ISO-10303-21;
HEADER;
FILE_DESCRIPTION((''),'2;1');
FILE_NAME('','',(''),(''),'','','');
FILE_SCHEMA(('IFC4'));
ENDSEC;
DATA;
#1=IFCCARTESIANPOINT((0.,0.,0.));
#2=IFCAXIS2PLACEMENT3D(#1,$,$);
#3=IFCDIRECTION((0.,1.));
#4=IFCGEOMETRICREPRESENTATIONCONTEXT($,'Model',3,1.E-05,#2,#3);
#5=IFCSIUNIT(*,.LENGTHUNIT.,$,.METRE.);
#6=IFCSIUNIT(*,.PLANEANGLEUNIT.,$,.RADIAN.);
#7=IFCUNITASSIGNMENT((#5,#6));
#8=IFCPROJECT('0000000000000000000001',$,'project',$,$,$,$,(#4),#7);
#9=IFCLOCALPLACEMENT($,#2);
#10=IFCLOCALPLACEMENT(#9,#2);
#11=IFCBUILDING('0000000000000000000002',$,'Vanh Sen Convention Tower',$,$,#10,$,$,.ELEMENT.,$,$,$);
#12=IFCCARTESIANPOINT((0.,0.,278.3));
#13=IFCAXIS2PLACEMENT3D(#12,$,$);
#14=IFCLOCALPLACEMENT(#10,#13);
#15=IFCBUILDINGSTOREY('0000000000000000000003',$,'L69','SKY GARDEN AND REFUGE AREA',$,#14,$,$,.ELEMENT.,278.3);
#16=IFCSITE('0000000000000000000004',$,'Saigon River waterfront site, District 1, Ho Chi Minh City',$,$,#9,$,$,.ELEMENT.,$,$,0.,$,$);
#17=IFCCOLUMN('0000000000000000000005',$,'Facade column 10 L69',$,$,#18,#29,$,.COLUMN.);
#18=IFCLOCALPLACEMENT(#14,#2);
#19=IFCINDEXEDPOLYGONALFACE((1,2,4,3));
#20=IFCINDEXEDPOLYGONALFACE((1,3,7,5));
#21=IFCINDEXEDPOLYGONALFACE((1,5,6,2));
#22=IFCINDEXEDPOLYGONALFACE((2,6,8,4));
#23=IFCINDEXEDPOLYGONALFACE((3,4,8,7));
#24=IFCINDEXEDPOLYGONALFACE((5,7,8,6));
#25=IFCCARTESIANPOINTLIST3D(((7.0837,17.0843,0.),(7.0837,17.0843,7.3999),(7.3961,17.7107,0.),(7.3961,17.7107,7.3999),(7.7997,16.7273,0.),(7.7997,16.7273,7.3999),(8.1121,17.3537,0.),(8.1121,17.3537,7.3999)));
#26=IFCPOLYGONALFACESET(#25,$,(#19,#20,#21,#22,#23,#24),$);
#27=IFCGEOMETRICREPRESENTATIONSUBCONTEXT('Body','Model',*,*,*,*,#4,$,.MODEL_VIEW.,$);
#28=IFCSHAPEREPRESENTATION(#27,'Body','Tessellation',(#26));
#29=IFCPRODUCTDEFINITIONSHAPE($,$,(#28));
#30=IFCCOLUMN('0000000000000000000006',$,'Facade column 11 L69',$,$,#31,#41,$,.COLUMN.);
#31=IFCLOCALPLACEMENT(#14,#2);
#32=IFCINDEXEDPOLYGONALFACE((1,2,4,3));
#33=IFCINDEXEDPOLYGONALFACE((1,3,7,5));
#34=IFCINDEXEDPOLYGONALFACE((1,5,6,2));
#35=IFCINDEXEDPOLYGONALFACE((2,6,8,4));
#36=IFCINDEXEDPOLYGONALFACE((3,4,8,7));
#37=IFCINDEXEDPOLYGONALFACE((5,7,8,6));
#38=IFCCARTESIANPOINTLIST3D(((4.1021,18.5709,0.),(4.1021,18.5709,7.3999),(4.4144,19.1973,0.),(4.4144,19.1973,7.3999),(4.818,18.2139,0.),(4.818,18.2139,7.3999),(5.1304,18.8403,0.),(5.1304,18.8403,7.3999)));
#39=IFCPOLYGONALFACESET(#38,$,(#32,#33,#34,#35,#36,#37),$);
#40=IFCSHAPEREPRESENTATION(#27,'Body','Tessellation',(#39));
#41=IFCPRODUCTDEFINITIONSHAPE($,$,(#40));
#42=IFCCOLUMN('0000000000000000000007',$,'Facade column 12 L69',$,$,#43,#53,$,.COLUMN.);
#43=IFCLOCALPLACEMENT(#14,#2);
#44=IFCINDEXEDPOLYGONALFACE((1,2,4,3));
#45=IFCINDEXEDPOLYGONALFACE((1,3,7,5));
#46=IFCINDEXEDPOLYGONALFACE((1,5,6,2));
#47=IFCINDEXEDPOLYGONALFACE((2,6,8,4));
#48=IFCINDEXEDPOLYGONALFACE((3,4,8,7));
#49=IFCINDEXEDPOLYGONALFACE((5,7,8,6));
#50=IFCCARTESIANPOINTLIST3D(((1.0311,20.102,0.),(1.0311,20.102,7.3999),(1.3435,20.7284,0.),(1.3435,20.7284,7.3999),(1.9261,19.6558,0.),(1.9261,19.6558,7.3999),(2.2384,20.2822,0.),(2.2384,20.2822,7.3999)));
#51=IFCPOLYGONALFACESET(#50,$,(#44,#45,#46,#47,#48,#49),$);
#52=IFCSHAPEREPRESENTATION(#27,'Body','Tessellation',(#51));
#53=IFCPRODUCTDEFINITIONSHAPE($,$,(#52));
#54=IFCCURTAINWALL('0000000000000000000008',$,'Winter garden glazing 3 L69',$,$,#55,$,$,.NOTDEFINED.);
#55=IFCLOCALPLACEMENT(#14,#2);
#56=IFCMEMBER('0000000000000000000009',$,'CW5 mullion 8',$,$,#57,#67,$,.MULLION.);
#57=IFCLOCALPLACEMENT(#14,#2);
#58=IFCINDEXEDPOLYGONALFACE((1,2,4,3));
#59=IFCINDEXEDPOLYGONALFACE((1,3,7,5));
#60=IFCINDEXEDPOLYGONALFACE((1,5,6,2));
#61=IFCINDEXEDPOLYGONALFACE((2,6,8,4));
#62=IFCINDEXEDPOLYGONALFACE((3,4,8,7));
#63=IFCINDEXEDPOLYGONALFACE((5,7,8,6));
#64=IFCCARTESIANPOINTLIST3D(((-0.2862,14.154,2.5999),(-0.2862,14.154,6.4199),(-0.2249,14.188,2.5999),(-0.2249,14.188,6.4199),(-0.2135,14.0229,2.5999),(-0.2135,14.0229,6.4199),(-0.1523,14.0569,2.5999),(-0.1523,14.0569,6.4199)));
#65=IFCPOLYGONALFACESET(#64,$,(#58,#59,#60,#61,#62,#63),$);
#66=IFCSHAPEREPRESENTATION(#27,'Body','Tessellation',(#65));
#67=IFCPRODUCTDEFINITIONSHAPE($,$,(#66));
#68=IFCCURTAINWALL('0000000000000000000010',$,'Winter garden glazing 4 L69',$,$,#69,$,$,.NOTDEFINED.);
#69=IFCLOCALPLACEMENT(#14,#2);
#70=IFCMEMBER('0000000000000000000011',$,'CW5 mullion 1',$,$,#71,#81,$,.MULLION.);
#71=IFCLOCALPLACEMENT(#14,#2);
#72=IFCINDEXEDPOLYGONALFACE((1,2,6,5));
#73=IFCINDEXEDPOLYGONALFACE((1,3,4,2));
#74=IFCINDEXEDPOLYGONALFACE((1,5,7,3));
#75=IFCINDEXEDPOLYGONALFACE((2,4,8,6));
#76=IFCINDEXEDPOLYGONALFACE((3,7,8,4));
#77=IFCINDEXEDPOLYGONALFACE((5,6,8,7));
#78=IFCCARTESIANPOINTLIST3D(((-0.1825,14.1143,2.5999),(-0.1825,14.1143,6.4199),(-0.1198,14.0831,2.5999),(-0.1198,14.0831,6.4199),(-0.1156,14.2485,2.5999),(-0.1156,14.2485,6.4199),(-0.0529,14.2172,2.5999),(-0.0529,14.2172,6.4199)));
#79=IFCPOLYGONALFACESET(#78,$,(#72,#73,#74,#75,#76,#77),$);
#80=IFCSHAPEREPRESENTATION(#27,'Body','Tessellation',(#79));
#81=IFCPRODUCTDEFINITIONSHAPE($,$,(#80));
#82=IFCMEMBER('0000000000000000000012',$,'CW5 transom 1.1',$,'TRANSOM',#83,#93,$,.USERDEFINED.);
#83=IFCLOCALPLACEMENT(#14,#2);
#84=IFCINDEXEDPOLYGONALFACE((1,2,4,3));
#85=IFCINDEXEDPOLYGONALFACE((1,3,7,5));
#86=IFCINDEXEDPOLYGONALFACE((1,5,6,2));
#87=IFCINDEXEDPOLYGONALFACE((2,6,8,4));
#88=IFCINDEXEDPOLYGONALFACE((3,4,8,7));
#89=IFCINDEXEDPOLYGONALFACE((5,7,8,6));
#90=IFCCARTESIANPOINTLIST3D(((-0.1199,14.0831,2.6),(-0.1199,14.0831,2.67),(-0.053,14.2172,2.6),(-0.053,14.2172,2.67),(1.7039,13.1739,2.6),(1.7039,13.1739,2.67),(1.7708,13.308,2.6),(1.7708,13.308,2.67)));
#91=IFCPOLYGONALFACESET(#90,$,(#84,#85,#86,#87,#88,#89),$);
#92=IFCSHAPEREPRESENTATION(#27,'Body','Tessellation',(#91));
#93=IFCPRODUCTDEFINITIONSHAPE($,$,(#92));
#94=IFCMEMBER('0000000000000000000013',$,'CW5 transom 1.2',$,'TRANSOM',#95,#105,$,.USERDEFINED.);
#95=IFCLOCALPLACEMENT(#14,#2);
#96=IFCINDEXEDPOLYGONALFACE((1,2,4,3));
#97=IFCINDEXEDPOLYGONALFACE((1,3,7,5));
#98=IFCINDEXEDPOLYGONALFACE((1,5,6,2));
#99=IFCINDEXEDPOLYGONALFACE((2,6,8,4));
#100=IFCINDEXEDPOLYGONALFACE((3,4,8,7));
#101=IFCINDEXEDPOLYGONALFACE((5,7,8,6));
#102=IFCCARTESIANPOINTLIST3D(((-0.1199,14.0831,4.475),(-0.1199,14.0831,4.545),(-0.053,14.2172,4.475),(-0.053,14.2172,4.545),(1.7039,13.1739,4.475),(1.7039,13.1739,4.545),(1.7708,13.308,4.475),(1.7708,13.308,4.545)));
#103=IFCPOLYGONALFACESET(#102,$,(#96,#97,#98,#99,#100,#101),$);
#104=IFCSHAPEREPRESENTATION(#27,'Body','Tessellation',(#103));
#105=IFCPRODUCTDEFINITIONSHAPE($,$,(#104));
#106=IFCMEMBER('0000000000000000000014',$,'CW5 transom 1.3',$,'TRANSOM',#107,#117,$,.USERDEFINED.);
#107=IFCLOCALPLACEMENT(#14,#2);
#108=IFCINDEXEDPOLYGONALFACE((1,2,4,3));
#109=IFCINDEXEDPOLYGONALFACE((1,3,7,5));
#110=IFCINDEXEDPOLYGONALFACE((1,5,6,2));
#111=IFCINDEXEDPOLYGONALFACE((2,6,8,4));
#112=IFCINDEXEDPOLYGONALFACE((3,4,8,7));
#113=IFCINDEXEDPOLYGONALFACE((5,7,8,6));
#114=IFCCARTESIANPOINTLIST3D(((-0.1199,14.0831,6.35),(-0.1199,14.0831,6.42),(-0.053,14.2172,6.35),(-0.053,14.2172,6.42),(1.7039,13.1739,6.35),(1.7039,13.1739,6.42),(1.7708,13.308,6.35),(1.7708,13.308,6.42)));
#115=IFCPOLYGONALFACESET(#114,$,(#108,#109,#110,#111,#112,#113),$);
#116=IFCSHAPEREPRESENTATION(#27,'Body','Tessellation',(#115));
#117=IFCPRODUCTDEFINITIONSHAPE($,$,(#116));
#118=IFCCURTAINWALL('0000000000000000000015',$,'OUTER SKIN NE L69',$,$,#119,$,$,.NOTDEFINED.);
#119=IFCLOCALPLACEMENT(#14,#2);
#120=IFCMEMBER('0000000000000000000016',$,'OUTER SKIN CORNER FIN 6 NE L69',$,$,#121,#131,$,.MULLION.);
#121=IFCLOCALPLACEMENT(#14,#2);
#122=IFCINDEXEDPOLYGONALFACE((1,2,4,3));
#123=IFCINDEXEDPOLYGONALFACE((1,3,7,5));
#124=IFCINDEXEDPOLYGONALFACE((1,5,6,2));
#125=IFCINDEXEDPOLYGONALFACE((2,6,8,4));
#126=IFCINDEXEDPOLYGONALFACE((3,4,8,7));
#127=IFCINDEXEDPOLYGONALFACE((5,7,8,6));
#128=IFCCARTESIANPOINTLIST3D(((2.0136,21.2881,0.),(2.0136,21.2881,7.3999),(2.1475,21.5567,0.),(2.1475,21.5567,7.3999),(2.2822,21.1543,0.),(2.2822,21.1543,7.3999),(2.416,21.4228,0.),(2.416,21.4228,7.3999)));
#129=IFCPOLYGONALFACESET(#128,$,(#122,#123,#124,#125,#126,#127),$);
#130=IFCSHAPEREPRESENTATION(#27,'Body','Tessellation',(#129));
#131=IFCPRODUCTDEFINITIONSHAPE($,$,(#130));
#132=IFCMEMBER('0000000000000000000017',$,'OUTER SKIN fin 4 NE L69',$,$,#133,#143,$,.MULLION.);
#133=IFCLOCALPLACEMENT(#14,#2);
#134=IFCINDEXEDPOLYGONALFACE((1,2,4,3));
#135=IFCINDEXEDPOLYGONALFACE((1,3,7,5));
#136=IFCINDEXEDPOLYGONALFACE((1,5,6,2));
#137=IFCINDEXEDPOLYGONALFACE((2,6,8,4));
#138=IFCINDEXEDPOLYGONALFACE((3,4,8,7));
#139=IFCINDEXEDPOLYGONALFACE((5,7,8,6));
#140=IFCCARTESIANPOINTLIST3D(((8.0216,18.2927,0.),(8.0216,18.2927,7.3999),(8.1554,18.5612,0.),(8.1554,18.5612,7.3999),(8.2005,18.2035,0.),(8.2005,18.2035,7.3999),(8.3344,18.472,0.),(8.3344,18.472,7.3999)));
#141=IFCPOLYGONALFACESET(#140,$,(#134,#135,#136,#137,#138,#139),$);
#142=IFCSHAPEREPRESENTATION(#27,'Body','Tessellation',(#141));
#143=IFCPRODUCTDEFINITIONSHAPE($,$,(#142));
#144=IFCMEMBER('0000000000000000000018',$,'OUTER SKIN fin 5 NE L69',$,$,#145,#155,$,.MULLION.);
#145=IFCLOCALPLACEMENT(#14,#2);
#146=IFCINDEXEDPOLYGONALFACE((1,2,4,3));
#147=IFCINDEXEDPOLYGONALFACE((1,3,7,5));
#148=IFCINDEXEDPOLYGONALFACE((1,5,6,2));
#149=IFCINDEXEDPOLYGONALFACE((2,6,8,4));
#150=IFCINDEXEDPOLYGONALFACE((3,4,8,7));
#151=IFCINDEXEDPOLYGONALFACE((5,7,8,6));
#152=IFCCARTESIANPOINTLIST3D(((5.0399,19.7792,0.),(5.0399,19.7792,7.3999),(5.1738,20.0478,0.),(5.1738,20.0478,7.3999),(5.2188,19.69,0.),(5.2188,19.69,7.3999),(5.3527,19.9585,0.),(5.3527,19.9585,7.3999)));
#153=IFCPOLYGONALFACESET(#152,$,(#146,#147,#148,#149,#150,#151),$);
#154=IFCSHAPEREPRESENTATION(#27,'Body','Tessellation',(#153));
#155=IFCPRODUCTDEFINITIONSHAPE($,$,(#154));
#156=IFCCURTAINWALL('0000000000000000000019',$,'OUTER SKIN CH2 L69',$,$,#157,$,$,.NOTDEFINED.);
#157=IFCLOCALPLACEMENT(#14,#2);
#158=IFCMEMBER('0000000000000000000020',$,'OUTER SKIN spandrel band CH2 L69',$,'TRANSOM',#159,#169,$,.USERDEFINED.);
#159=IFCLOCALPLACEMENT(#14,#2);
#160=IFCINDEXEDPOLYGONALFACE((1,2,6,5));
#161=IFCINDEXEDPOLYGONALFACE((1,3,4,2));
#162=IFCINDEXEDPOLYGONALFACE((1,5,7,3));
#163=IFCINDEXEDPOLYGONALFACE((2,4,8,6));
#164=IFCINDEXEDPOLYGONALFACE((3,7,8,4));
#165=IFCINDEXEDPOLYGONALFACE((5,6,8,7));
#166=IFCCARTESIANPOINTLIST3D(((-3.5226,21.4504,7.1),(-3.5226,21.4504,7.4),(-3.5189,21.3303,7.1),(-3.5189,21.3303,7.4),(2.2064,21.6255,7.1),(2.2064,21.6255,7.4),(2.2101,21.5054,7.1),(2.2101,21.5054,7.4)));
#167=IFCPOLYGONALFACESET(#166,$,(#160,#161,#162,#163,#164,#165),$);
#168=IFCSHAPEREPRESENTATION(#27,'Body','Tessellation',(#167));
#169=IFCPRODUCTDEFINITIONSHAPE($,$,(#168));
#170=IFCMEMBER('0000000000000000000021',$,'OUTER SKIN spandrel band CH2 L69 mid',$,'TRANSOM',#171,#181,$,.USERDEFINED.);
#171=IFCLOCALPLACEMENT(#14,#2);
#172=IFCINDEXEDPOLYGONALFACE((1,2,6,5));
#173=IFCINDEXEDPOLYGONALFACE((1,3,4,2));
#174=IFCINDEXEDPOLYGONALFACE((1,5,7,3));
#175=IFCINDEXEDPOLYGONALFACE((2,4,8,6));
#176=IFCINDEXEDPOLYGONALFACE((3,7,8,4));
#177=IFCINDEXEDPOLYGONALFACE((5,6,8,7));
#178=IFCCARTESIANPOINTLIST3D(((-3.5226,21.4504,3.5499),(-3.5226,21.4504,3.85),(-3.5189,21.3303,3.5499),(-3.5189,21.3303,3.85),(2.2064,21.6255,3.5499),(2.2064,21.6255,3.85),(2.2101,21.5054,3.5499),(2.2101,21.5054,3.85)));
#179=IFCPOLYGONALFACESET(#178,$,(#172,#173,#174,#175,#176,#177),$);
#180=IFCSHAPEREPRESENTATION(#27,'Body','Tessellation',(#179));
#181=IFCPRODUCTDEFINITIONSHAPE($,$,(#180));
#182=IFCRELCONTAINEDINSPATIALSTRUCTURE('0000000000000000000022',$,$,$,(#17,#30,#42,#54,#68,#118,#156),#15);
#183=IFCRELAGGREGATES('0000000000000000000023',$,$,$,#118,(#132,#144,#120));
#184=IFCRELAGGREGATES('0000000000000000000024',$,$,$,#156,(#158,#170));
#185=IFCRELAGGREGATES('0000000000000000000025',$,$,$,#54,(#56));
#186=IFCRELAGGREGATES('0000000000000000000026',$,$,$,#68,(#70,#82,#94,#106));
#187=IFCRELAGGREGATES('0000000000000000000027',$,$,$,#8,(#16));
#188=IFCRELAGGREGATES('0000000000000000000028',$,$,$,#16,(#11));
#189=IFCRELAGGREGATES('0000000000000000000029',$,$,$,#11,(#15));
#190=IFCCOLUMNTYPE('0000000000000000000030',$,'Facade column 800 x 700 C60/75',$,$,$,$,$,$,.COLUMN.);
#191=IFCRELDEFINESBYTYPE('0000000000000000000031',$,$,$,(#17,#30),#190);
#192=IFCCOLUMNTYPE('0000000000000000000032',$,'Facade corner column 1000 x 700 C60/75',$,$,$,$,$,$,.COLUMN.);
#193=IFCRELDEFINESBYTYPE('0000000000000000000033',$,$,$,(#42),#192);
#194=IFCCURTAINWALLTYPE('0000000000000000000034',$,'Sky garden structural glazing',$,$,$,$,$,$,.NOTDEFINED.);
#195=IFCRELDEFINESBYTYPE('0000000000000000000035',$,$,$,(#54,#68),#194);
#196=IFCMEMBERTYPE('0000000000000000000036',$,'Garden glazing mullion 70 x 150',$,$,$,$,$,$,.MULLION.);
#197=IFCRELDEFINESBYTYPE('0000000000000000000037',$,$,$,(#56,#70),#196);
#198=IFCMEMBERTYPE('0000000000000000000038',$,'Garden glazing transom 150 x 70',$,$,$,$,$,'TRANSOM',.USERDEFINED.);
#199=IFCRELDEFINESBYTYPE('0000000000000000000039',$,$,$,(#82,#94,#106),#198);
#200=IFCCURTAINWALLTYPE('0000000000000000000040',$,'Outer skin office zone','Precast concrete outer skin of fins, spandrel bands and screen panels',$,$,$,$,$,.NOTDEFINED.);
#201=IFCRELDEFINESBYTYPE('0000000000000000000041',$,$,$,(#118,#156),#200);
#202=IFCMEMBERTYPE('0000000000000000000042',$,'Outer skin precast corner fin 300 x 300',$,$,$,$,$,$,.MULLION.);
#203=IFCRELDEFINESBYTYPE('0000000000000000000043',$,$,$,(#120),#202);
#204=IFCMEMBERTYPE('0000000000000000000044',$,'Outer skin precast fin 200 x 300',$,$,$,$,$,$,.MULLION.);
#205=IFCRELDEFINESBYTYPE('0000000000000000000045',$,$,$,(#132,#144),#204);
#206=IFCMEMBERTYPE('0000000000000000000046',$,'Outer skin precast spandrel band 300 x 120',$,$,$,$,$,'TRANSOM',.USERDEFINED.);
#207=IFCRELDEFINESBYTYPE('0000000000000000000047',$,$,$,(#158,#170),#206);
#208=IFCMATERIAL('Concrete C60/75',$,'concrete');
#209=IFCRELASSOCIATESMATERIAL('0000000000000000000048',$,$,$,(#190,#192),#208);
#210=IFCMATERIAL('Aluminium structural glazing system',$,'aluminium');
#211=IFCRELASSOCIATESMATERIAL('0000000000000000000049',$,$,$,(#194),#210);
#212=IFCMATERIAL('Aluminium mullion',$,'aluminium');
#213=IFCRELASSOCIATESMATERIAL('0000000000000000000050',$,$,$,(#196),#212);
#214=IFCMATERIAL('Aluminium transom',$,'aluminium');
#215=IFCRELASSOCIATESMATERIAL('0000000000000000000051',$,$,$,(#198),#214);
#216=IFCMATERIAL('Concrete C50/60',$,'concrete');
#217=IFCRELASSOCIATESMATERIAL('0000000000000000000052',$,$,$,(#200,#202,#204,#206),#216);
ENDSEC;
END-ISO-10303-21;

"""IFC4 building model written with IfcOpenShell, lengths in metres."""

from ifc_helpers import new_model, si_unit, direction, frame, origin, origin_2d, place, context, subcontext, project, spatial, rectangle, extrude, material, material_profile, profile_set, type_object, element, aggregate, save


model = new_model("IFC4")

# Units and contexts
model_context = context("Model", 3, precision=1e-05, world=origin(), true_north=direction((0.0, 1.0)))
body_context = subcontext(model_context, "Body", "Model", "MODEL_VIEW")
ifc_project = project(units=[si_unit("LENGTHUNIT", "METRE"), si_unit("PLANEANGLEUNIT", "RADIAN")], contexts=[model_context])

# Site, building, storey
site_placement = place(None, origin())
site = spatial("IfcSite", under=ifc_project, at=site_placement, Name="Saigon River waterfront site, District 1, Ho Chi Minh City", CompositionType="ELEMENT", RefElevation=0.0)
building_placement = place(site_placement, origin())
building = spatial("IfcBuilding", under=site, at=building_placement, Name="Vanh Sen Convention Tower", CompositionType="ELEMENT")
storey_placement = place(building_placement, frame((0.0, 0.0, 278.3)))
storey = spatial("IfcBuildingStorey", under=building, at=storey_placement, Name="L69", Description="SKY GARDEN AND REFUGE AREA", CompositionType="ELEMENT", Elevation=278.3)

# Columns
ifc_material_1 = material(Name="Concrete C60/75", Category="concrete")
ifc_material_profile_1 = material_profile(ifc_material_1, rectangle(XDim=0.8, YDim=0.7, at=origin_2d()), Name="RC 800X700")
ifc_profile_set_1 = profile_set([ifc_material_profile_1], Name="Concrete C60/75")
column_type_1 = type_object("IfcColumnType", Name="Facade column 800 x 700 C60/75", PredefinedType="COLUMN", material=ifc_profile_set_1)
for number, where, z_axis, x_axis, name in (
    (1, (7.5979, 17.219, 0.0), (0.0, 0.0, 1.0), (-0.894934, 0.446198, 0.0), "Facade column 10 L69"),
    (2, (4.6162, 18.7056, 0.0), (0.0, 0.0, 1.0), (-0.894934, 0.446198, 0.0), "Facade column 11 L69"),
):
    element("IfcColumn", number, at=place(storey_placement, frame(where, z_axis=z_axis, x_axis=x_axis)), inside=storey, type_object=column_type_1, Name=name, PredefinedType="COLUMN", context=body_context, shape_type="SweptSolid", body=[
        extrude(rectangle(XDim=0.8, YDim=0.7, at=origin_2d()), origin(), (0.0, 0.0, 1.0), 7.3999),
    ])
ifc_material_profile_2 = material_profile(ifc_material_1, rectangle(XDim=1.0, YDim=0.7, at=origin_2d()), Name="RC 1000X700")
ifc_profile_set_2 = profile_set([ifc_material_profile_2], Name="Concrete C60/75")
column_type_2 = type_object("IfcColumnType", Name="Facade corner column 1000 x 700 C60/75", PredefinedType="COLUMN", material=ifc_profile_set_2)
column_placement = place(storey_placement, frame((1.6348, 20.1921, 0.0), z_axis=(0.0, 0.0, 1.0), x_axis=(-0.894934, 0.446198, 0.0)))
element("IfcColumn", 3, at=column_placement, inside=storey, type_object=column_type_2, Name="Facade column 12 L69", PredefinedType="COLUMN", context=body_context, shape_type="SweptSolid", body=[
    extrude(rectangle(XDim=1.0, YDim=0.7, at=origin_2d()), origin(), (0.0, 0.0, 1.0), 7.3999),
])

# Curtain wall, member
ifc_material_2 = material(Name="Aluminium structural glazing system", Category="aluminium")
curtain_wall_type_1 = type_object("IfcCurtainWallType", Name="Sky garden structural glazing", PredefinedType="NOTDEFINED", material=ifc_material_2)
curtain_wall_1_placement = place(storey_placement, origin())
curtain_wall_1 = element("IfcCurtainWall", 4, at=curtain_wall_1_placement, inside=storey, type_object=curtain_wall_type_1, Name="Winter garden glazing 3 L69", PredefinedType="NOTDEFINED")
ifc_material_3 = material(Name="Aluminium mullion", Category="aluminium")
ifc_material_profile_3 = material_profile(ifc_material_3, rectangle(XDim=0.1499, YDim=0.0701, at=origin_2d()), Name="Garden glazing mullion 70 x 150")
ifc_profile_set_3 = profile_set([ifc_material_profile_3], Name="Aluminium mullion")
member_type_1 = type_object("IfcMemberType", Name="Garden glazing mullion 70 x 150", PredefinedType="MULLION", material=ifc_profile_set_3)
member_1_placement = place(storey_placement, frame((-0.2192, 14.1055, 2.5999), z_axis=(0.0, 0.0, 1.0), x_axis=(-0.484739, 0.874659, 0.0)))
member_1 = element("IfcMember", 5, at=member_1_placement, type_object=member_type_1, Name="CW5 mullion 8", PredefinedType="MULLION", context=body_context, shape_type="SweptSolid", body=[
    extrude(rectangle(XDim=0.1499, YDim=0.0701, at=origin_2d()), origin(), (0.0, 0.0, 1.0), 3.8201),
])

# Curtain walls, members
curtain_wall_2_placement = place(storey_placement, origin())
curtain_wall_2 = element("IfcCurtainWall", 6, at=curtain_wall_2_placement, inside=storey, type_object=curtain_wall_type_1, Name="Winter garden glazing 4 L69", PredefinedType="NOTDEFINED")
member_2_placement = place(storey_placement, frame((-0.1177, 14.1658, 2.5999), z_axis=(0.0, 0.0, 1.0), x_axis=(0.446199, 0.894934, 0.0)))
member_2 = element("IfcMember", 7, at=member_2_placement, type_object=member_type_1, Name="CW5 mullion 1", PredefinedType="MULLION", context=body_context, shape_type="SweptSolid", body=[
    extrude(rectangle(XDim=0.1499, YDim=0.0701, at=origin_2d()), origin(), (0.0, 0.0, 1.0), 3.8201),
])
ifc_material_4 = material(Name="Aluminium transom", Category="aluminium")
ifc_material_profile_4 = material_profile(ifc_material_4, rectangle(XDim=0.1499, YDim=0.0701, at=origin_2d()), Name="Garden glazing transom 150 x 70")
ifc_profile_set_4 = profile_set([ifc_material_profile_4], Name="Aluminium transom")
member_type_2 = type_object("IfcMemberType", Name="Garden glazing transom 150 x 70", ElementType="TRANSOM", PredefinedType="USERDEFINED", material=ifc_profile_set_4)
member_3_placement = place(storey_placement, frame((-0.0864, 14.1501, 2.635), z_axis=(0.894954, -0.446159, 0.0), x_axis=(0.446159, 0.894954, 0.0)))
member_3 = element("IfcMember", 8, at=member_3_placement, type_object=member_type_2, Name="CW5 transom 1.1", ObjectType="TRANSOM", PredefinedType="USERDEFINED", context=body_context, shape_type="SweptSolid", body=[
    extrude(rectangle(XDim=0.1499, YDim=0.0701, at=origin_2d()), origin(), (0.0, 0.0, 1.0), 2.0378),
])
member_4_placement = place(storey_placement, frame((-0.0864, 14.1501, 4.51), z_axis=(0.894954, -0.446159, 0.0), x_axis=(0.446159, 0.894954, 0.0)))
member_4 = element("IfcMember", 9, at=member_4_placement, type_object=member_type_2, Name="CW5 transom 1.2", ObjectType="TRANSOM", PredefinedType="USERDEFINED", context=body_context, shape_type="SweptSolid", body=[
    extrude(rectangle(XDim=0.1499, YDim=0.0701, at=origin_2d()), origin(), (0.0, 0.0, 1.0), 2.0378),
])
member_5_placement = place(storey_placement, frame((-0.0864, 14.1501, 6.385), z_axis=(0.894954, -0.446159, 0.0), x_axis=(0.446159, 0.894954, 0.0)))
member_5 = element("IfcMember", 10, at=member_5_placement, type_object=member_type_2, Name="CW5 transom 1.3", ObjectType="TRANSOM", PredefinedType="USERDEFINED", context=body_context, shape_type="SweptSolid", body=[
    extrude(rectangle(XDim=0.1499, YDim=0.0701, at=origin_2d()), origin(), (0.0, 0.0, 1.0), 2.0378),
])
ifc_material_5 = material(Name="Concrete C50/60", Category="concrete")
curtain_wall_type_2 = type_object("IfcCurtainWallType", Name="Outer skin office zone", Description="Precast concrete outer skin of fins, spandrel bands and screen panels", PredefinedType="NOTDEFINED", material=ifc_material_5)
curtain_wall_3_placement = place(storey_placement, origin())
curtain_wall_3 = element("IfcCurtainWall", 11, at=curtain_wall_3_placement, inside=storey, type_object=curtain_wall_type_2, Name="OUTER SKIN NE L69", PredefinedType="NOTDEFINED")
ifc_material_profile_5 = material_profile(ifc_material_5, rectangle(XDim=0.3, YDim=0.3, at=origin_2d()), Name="Outer skin precast corner fin 300 x 300")
ifc_profile_set_5 = profile_set([ifc_material_profile_5], Name="Concrete C50/60")
member_type_3 = type_object("IfcMemberType", Name="Outer skin precast corner fin 300 x 300", PredefinedType="MULLION", material=ifc_profile_set_5)
member_6_placement = place(storey_placement, frame((2.2148, 21.3555, 0.0), z_axis=(0.0, 0.0, 1.0), x_axis=(-0.894934, 0.446198, 0.0)))
member_6 = element("IfcMember", 12, at=member_6_placement, type_object=member_type_3, Name="OUTER SKIN CORNER FIN 6 NE L69", PredefinedType="MULLION", context=body_context, shape_type="SweptSolid", body=[
    extrude(rectangle(XDim=0.3, YDim=0.3, at=origin_2d()), origin(), (0.0, 0.0, 1.0), 7.3999),
])
ifc_material_profile_6 = material_profile(ifc_material_5, rectangle(XDim=0.2, YDim=0.3, at=origin_2d()), Name="Outer skin precast fin 200 x 300")
ifc_profile_set_6 = profile_set([ifc_material_profile_6], Name="Concrete C50/60")
member_type_4 = type_object("IfcMemberType", Name="Outer skin precast fin 200 x 300", PredefinedType="MULLION", material=ifc_profile_set_6)
member_7_placement = place(storey_placement, frame((8.178, 18.3823, 0.0), z_axis=(0.0, 0.0, 1.0), x_axis=(-0.894934, 0.446198, 0.0)))
member_7 = element("IfcMember", 13, at=member_7_placement, type_object=member_type_4, Name="OUTER SKIN fin 4 NE L69", PredefinedType="MULLION", context=body_context, shape_type="SweptSolid", body=[
    extrude(rectangle(XDim=0.2, YDim=0.3, at=origin_2d()), origin(), (0.0, 0.0, 1.0), 7.3999),
])
member_8_placement = place(storey_placement, frame((5.1963, 19.8689, 0.0), z_axis=(0.0, 0.0, 1.0), x_axis=(-0.894934, 0.446198, 0.0)))
member_8 = element("IfcMember", 14, at=member_8_placement, type_object=member_type_4, Name="OUTER SKIN fin 5 NE L69", PredefinedType="MULLION", context=body_context, shape_type="SweptSolid", body=[
    extrude(rectangle(XDim=0.2, YDim=0.3, at=origin_2d()), origin(), (0.0, 0.0, 1.0), 7.3999),
])
aggregate(curtain_wall_3, [member_7, member_8, member_6])
curtain_wall_4_placement = place(storey_placement, origin())
curtain_wall_4 = element("IfcCurtainWall", 15, at=curtain_wall_4_placement, inside=storey, type_object=curtain_wall_type_2, Name="OUTER SKIN CH2 L69", PredefinedType="NOTDEFINED")
ifc_material_profile_7 = material_profile(ifc_material_5, rectangle(XDim=0.1201, YDim=0.3, at=origin_2d()), Name="Outer skin precast spandrel band 300 x 120")
ifc_profile_set_7 = profile_set([ifc_material_profile_7], Name="Concrete C50/60")
member_type_5 = type_object("IfcMemberType", Name="Outer skin precast spandrel band 300 x 120", ElementType="TRANSOM", PredefinedType="USERDEFINED", material=ifc_profile_set_7)
member_9_placement = place(storey_placement, frame((2.2083, 21.5654, 7.25), z_axis=(-0.999534, -0.030541, 0.0), x_axis=(0.030541, -0.999534, 0.0)))
member_9 = element("IfcMember", 16, at=member_9_placement, type_object=member_type_5, Name="OUTER SKIN spandrel band CH2 L69", ObjectType="TRANSOM", PredefinedType="USERDEFINED", context=body_context, shape_type="SweptSolid", body=[
    extrude(rectangle(XDim=0.1201, YDim=0.3, at=origin_2d()), origin(), (0.0, 0.0, 1.0), 5.7317),
])
member_10_placement = place(storey_placement, frame((2.2083, 21.5654, 3.7), z_axis=(-0.999534, -0.030541, 0.0), x_axis=(0.030541, -0.999534, 0.0)))
member_10 = element("IfcMember", 17, at=member_10_placement, type_object=member_type_5, Name="OUTER SKIN spandrel band CH2 L69 mid", ObjectType="TRANSOM", PredefinedType="USERDEFINED", context=body_context, shape_type="SweptSolid", body=[
    extrude(rectangle(XDim=0.1201, YDim=0.3, at=origin_2d()), origin(), (0.0, 0.0, 1.0), 5.7317),
])
aggregate(curtain_wall_4, [member_9, member_10])

aggregate(curtain_wall_1, [member_1])
aggregate(curtain_wall_2, [member_2, member_3, member_4, member_5])

save(model, "model.ifc")
